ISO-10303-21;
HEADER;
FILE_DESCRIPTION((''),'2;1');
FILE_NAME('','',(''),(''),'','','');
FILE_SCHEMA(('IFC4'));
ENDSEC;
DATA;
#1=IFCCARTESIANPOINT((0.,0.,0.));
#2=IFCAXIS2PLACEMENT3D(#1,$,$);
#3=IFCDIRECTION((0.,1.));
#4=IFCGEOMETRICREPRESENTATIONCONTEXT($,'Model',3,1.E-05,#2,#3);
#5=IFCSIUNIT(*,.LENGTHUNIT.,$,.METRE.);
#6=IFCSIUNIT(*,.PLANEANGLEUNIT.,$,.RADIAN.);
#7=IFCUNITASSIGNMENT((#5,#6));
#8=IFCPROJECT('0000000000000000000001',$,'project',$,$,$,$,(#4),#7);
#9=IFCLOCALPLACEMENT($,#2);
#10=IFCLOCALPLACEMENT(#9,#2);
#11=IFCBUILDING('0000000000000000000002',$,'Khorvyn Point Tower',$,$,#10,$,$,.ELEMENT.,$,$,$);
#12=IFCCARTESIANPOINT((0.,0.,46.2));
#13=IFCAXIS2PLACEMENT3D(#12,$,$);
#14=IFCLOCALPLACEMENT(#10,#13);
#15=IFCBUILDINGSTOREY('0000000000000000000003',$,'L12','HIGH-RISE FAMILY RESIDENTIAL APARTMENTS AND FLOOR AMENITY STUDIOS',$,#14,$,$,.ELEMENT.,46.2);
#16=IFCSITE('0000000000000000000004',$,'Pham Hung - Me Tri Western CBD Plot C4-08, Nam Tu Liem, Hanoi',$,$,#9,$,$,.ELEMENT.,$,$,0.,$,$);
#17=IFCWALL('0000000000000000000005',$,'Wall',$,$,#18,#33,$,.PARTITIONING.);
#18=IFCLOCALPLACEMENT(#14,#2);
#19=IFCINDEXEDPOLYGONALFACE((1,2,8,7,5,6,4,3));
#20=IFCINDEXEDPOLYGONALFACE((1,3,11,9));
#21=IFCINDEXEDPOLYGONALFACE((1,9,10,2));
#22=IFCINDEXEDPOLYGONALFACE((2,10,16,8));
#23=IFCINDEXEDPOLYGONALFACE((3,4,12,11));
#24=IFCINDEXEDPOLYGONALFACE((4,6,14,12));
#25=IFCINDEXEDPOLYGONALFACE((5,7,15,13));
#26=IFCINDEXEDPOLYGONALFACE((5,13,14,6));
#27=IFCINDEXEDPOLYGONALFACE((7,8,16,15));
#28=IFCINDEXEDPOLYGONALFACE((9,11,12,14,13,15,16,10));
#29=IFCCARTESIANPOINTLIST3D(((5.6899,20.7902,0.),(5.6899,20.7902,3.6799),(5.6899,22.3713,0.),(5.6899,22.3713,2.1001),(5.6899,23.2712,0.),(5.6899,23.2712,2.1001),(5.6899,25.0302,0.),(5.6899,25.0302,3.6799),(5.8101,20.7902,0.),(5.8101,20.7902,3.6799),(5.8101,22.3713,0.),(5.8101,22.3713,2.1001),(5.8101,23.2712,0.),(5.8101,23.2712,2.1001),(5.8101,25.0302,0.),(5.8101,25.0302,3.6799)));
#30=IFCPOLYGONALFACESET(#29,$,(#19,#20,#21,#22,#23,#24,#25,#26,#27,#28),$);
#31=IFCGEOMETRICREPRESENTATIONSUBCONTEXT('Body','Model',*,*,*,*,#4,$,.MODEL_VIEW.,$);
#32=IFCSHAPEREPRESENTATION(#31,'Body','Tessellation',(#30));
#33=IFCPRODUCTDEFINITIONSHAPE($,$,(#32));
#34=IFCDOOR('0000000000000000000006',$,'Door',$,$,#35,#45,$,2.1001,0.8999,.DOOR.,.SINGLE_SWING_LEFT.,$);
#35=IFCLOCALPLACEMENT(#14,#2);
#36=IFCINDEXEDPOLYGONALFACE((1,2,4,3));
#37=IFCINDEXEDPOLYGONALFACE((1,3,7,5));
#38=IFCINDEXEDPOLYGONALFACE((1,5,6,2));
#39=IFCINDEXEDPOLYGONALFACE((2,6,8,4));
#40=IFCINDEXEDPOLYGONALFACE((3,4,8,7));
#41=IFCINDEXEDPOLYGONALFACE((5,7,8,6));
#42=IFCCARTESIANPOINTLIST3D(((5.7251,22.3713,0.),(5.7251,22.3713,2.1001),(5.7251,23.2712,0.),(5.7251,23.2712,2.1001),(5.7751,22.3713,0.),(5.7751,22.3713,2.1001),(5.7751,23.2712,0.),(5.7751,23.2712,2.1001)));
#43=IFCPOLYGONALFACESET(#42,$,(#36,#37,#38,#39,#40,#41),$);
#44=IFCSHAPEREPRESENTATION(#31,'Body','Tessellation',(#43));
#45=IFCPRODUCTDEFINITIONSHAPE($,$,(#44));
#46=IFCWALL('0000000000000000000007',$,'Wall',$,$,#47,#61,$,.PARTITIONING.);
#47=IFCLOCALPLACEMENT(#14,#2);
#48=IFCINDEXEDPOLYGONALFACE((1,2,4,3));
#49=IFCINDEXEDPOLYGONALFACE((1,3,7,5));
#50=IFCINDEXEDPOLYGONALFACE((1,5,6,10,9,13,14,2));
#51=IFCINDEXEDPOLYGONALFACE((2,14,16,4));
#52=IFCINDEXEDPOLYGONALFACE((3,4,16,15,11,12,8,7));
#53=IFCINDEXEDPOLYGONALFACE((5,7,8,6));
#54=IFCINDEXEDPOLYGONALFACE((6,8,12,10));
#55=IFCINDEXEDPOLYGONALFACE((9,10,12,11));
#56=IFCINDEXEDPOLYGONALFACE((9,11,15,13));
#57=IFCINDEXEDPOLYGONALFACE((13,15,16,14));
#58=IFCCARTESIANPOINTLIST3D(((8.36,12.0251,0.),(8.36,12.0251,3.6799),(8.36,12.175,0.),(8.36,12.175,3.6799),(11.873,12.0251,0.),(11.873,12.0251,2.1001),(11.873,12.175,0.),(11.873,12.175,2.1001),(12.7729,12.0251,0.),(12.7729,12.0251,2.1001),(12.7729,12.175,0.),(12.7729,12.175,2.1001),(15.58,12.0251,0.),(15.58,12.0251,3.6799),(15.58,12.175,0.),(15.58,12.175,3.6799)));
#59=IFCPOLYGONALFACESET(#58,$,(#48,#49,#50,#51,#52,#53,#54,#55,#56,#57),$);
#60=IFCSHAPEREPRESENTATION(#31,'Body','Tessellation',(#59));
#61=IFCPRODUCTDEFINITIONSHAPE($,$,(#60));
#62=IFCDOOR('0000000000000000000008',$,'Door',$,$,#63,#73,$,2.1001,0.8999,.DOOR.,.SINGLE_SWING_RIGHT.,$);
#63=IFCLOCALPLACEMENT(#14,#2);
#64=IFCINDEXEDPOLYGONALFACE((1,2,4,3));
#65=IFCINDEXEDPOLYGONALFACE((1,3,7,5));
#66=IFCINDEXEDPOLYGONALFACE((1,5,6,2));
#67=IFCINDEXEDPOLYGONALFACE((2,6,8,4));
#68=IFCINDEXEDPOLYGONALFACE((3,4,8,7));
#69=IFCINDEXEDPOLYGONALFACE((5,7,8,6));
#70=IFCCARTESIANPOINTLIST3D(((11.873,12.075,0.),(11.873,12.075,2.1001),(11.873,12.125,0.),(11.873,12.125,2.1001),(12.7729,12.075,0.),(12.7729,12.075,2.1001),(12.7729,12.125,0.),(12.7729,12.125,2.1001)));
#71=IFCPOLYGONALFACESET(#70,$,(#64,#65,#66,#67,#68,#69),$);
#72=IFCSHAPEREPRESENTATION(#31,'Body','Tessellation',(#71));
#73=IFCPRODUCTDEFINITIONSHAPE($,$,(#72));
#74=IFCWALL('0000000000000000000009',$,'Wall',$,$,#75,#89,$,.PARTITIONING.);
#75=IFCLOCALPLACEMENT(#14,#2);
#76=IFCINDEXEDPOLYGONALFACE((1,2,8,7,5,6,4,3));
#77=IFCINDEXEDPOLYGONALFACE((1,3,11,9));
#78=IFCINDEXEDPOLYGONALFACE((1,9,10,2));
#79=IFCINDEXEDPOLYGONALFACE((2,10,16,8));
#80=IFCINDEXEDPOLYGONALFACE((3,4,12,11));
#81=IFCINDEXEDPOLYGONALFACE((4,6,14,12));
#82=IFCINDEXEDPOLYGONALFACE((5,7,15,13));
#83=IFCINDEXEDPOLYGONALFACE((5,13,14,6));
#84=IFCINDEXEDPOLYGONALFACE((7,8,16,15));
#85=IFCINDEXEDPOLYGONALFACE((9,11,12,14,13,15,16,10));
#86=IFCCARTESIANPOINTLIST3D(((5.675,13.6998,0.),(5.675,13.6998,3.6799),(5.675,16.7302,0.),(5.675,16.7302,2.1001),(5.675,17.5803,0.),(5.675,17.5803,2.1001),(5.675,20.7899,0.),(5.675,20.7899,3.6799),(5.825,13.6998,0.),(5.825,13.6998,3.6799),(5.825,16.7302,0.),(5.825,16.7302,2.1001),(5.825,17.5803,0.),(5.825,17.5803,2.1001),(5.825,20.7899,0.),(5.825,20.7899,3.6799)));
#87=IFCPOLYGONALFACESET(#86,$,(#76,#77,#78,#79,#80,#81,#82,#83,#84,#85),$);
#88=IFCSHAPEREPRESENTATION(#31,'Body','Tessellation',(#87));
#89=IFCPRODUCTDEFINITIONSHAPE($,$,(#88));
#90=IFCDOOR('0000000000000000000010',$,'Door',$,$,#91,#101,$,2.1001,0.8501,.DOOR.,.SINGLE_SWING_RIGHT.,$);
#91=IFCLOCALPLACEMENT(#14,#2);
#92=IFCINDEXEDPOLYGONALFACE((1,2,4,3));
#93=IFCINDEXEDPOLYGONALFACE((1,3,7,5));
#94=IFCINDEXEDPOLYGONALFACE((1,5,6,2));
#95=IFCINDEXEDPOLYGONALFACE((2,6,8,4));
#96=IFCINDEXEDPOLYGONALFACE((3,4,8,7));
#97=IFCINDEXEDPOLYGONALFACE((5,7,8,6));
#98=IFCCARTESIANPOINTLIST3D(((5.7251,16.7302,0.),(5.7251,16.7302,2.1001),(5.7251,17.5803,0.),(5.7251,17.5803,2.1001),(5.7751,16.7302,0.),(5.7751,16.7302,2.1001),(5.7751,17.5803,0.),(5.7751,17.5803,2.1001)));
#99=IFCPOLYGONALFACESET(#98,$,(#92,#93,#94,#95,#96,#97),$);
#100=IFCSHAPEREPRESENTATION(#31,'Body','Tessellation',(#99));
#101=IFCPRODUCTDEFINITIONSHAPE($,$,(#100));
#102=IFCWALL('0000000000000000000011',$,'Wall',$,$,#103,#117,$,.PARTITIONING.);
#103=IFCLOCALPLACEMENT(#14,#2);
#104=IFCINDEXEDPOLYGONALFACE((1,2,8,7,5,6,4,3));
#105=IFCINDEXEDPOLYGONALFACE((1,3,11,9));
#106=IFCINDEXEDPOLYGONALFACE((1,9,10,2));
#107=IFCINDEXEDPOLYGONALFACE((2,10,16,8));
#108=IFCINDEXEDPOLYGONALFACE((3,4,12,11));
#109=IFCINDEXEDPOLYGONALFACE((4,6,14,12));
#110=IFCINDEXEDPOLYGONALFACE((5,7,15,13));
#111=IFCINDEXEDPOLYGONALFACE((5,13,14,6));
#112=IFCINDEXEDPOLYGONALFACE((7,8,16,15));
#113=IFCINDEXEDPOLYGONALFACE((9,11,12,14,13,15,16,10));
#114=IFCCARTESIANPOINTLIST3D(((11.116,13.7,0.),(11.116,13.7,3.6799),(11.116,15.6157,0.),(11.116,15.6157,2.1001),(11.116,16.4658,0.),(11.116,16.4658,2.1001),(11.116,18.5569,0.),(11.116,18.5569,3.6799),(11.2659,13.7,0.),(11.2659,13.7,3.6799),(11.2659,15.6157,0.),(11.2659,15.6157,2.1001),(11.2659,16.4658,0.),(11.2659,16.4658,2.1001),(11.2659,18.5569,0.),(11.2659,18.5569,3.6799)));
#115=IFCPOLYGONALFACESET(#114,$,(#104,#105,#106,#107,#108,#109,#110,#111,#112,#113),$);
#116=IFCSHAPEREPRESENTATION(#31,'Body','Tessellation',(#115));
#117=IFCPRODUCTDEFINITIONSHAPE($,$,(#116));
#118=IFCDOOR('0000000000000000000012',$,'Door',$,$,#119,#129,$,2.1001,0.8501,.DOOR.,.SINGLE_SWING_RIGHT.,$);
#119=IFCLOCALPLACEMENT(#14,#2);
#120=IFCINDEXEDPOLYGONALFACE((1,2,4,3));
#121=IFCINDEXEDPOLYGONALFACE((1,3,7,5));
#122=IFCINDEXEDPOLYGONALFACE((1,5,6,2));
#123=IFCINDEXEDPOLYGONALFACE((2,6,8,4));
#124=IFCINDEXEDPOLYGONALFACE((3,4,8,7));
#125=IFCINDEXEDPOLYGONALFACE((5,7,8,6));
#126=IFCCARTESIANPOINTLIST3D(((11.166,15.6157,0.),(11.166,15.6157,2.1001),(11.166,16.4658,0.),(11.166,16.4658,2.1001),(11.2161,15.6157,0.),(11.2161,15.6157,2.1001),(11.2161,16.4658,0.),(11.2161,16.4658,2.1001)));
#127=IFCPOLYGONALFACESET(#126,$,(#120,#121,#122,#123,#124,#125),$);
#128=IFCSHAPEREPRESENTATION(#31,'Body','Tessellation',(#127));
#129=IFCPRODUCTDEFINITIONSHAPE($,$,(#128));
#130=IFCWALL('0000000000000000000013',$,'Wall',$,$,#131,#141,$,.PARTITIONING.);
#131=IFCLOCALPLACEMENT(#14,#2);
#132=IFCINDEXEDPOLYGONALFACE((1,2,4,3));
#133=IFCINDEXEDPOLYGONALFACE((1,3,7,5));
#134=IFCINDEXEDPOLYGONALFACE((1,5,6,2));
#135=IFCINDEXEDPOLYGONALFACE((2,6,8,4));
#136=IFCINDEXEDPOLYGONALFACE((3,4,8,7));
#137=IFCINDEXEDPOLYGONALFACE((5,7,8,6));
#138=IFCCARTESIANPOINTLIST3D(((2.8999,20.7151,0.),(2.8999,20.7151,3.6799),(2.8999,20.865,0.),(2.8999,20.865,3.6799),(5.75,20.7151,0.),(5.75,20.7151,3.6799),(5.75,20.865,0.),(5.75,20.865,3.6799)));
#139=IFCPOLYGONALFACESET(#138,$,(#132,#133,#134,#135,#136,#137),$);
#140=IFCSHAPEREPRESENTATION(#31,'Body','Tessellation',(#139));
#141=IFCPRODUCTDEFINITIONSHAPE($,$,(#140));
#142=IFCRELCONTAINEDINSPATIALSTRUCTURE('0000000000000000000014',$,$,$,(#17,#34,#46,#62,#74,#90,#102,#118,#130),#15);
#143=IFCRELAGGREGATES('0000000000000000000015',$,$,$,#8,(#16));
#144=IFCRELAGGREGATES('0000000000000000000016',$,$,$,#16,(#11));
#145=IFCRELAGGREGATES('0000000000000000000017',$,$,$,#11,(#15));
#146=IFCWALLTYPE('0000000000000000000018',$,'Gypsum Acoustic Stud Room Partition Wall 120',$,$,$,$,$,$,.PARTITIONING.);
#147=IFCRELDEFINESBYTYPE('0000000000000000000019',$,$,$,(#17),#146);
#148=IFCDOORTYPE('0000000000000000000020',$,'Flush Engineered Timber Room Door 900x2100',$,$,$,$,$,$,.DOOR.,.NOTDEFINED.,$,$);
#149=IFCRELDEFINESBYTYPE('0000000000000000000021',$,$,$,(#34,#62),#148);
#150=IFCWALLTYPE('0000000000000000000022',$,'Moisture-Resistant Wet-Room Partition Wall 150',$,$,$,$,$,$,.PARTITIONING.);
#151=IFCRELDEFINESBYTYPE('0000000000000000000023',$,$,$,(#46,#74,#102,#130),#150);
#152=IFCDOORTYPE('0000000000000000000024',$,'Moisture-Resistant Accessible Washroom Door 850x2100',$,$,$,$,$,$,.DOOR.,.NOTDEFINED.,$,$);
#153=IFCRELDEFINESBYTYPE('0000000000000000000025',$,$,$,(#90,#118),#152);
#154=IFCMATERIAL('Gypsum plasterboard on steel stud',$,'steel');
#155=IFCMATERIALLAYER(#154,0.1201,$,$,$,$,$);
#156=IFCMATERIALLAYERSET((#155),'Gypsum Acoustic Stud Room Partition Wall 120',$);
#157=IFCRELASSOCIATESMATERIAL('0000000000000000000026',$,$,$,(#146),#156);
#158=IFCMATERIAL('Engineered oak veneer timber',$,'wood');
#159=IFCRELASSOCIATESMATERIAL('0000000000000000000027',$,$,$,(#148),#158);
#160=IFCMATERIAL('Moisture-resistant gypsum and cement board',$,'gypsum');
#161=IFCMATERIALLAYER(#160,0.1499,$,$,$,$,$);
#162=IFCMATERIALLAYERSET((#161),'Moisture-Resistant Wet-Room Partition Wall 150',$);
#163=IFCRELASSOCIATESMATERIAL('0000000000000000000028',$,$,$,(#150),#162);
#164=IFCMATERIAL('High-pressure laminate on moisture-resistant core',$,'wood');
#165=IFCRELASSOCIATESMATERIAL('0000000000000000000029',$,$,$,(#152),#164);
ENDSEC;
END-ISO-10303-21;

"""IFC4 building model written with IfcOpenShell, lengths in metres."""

from ifc_helpers import new_model, si_unit, direction, frame, frame_2d, origin, place, context, subcontext, project, spatial, rectangle, extrude, material, layer, layer_set, type_object, element, fill, save


model = new_model("IFC4")

# Units and contexts
model_context = context("Model", 3, precision=1e-05, world=origin(), true_north=direction((0.0, 1.0)))
body_context = subcontext(model_context, "Body", "Model", "MODEL_VIEW")
ifc_project = project(units=[si_unit("LENGTHUNIT", "METRE"), si_unit("PLANEANGLEUNIT", "RADIAN")], contexts=[model_context])

# Site, building, storey
site_placement = place(None, origin())
site = spatial("IfcSite", under=ifc_project, at=site_placement, Name="Pham Hung - Me Tri Western CBD Plot C4-08, Nam Tu Liem, Hanoi", CompositionType="ELEMENT", RefElevation=0.0)
building_placement = place(site_placement, origin())
building = spatial("IfcBuilding", under=site, at=building_placement, Name="Khorvyn Point Tower", CompositionType="ELEMENT")
storey_placement = place(building_placement, frame((0.0, 0.0, 46.2)))
storey = spatial("IfcBuildingStorey", under=building, at=storey_placement, Name="L12", Description="HIGH-RISE FAMILY RESIDENTIAL APARTMENTS AND FLOOR AMENITY STUDIOS", CompositionType="ELEMENT", Elevation=46.2)

# Walls, openings, doors
ifc_material_1 = material(Name="Gypsum plasterboard on steel stud", Category="steel")
ifc_layer_1 = layer(ifc_material_1, 0.1201)
ifc_layer_set_1 = layer_set([ifc_layer_1], Name="Gypsum Acoustic Stud Room Partition Wall 120")
wall_type_1 = type_object("IfcWallType", Name="Gypsum Acoustic Stud Room Partition Wall 120", PredefinedType="PARTITIONING", material=ifc_layer_set_1)
wall_1_placement = place(storey_placement, frame((5.75, 20.79, 0.0), z_axis=(0.0, 0.0, 1.0), x_axis=(0.0, 1.0, 0.0)))
wall_1 = element("IfcWall", 1, at=wall_1_placement, inside=storey, type_object=wall_type_1, Name="Wall", PredefinedType="PARTITIONING", context=body_context, shape_type="SweptSolid", body=[
    extrude(rectangle(XDim=4.24, YDim=0.1201, at=frame_2d((2.1201, 0.0))), origin(), (0.0, 0.0, 1.0), 3.6799),
])
opening_1_placement = place(wall_1_placement, frame((1.5813, 0.0, 0.0)))
opening_1 = element("IfcOpeningElement", 2, at=opening_1_placement, cuts=wall_1, PredefinedType="OPENING", context=body_context, shape_type="SweptSolid", body=[
    extrude(rectangle(XDim=0.8999, YDim=2.1001, at=frame_2d((0.45, 1.05))), frame((0.0, 0.0701, 0.0), z_axis=(0.0, -1.0, 0.0), x_axis=(1.0, 0.0, 0.0)), (0.0, 0.0, 1.0), 0.1401),
])
ifc_material_2 = material(Name="Engineered oak veneer timber", Category="wood")
door_type_1 = type_object("IfcDoorType", Name="Flush Engineered Timber Room Door 900x2100", OperationType="NOTDEFINED", PredefinedType="DOOR", material=ifc_material_2)
door_1_placement = place(opening_1_placement, origin())
door_1 = element("IfcDoor", 3, at=door_1_placement, inside=storey, type_object=door_type_1, Name="Door", OperationType="SINGLE_SWING_LEFT", OverallHeight=2.1001, OverallWidth=0.8999, PredefinedType="DOOR", context=body_context, shape_type="SweptSolid", body=[
    extrude(rectangle(XDim=0.8999, YDim=2.1001, at=frame_2d((0.45, 1.05))), frame((0.0, 0.0249, 0.0), z_axis=(0.0, -1.0, 0.0), x_axis=(1.0, 0.0, 0.0)), (0.0, 0.0, 1.0), 0.05),
])
fill(opening_1, door_1)
ifc_material_3 = material(Name="Moisture-resistant gypsum and cement board", Category="gypsum")
ifc_layer_2 = layer(ifc_material_3, 0.1499)
ifc_layer_set_2 = layer_set([ifc_layer_2], Name="Moisture-Resistant Wet-Room Partition Wall 150")
wall_type_2 = type_object("IfcWallType", Name="Moisture-Resistant Wet-Room Partition Wall 150", PredefinedType="PARTITIONING", material=ifc_layer_set_2)
wall_2_placement = place(storey_placement, frame((8.3601, 12.1001, 0.0), z_axis=(0.0, 0.0, 1.0), x_axis=(1.0, 0.0, 0.0)))
wall_2 = element("IfcWall", 4, at=wall_2_placement, inside=storey, type_object=wall_type_2, Name="Wall", PredefinedType="PARTITIONING", context=body_context, shape_type="SweptSolid", body=[
    extrude(rectangle(XDim=7.22, YDim=0.1499, at=frame_2d((3.6099, 0.0))), origin(), (0.0, 0.0, 1.0), 3.6799),
])
opening_2_placement = place(wall_2_placement, frame((3.5129, 0.0, 0.0)))
opening_2 = element("IfcOpeningElement", 5, at=opening_2_placement, cuts=wall_2, PredefinedType="OPENING", context=body_context, shape_type="SweptSolid", body=[
    extrude(rectangle(XDim=0.8999, YDim=2.1001, at=frame_2d((0.45, 1.05))), frame((0.0, 0.085, 0.0), z_axis=(0.0, -1.0, 0.0), x_axis=(1.0, 0.0, 0.0)), (0.0, 0.0, 1.0), 0.1699),
])
door_2_placement = place(opening_2_placement, origin())
door_2 = element("IfcDoor", 6, at=door_2_placement, inside=storey, type_object=door_type_1, Name="Door", OperationType="SINGLE_SWING_RIGHT", OverallHeight=2.1001, OverallWidth=0.8999, PredefinedType="DOOR", context=body_context, shape_type="SweptSolid", body=[
    extrude(rectangle(XDim=0.8999, YDim=2.1001, at=frame_2d((0.45, 1.05))), frame((0.0, 0.0249, 0.0), z_axis=(0.0, -1.0, 0.0), x_axis=(1.0, 0.0, 0.0)), (0.0, 0.0, 1.0), 0.05),
])
fill(opening_2, door_2)
wall_3_placement = place(storey_placement, frame((5.75, 13.7, 0.0), z_axis=(0.0, 0.0, 1.0), x_axis=(0.0, 1.0, 0.0)))
wall_3 = element("IfcWall", 7, at=wall_3_placement, inside=storey, type_object=wall_type_2, Name="Wall", PredefinedType="PARTITIONING", context=body_context, shape_type="SweptSolid", body=[
    extrude(rectangle(XDim=7.0901, YDim=0.1499, at=frame_2d((3.5449, 0.0))), origin(), (0.0, 0.0, 1.0), 3.6799),
])
opening_3_placement = place(wall_3_placement, frame((3.0303, 0.0, 0.0)))
opening_3 = element("IfcOpeningElement", 8, at=opening_3_placement, cuts=wall_3, PredefinedType="OPENING", context=body_context, shape_type="SweptSolid", body=[
    extrude(rectangle(XDim=0.8501, YDim=2.1001, at=frame_2d((0.425, 1.05))), frame((0.0, 0.085, 0.0), z_axis=(0.0, -1.0, 0.0), x_axis=(1.0, 0.0, 0.0)), (0.0, 0.0, 1.0), 0.1699),
])
ifc_material_4 = material(Name="High-pressure laminate on moisture-resistant core", Category="wood")
door_type_2 = type_object("IfcDoorType", Name="Moisture-Resistant Accessible Washroom Door 850x2100", OperationType="NOTDEFINED", PredefinedType="DOOR", material=ifc_material_4)
door_3_placement = place(opening_3_placement, origin())
door_3 = element("IfcDoor", 9, at=door_3_placement, inside=storey, type_object=door_type_2, Name="Door", OperationType="SINGLE_SWING_RIGHT", OverallHeight=2.1001, OverallWidth=0.8501, PredefinedType="DOOR", context=body_context, shape_type="SweptSolid", body=[
    extrude(rectangle(XDim=0.8501, YDim=2.1001, at=frame_2d((0.425, 1.05))), frame((0.0, 0.0249, 0.0), z_axis=(0.0, -1.0, 0.0), x_axis=(1.0, 0.0, 0.0)), (0.0, 0.0, 1.0), 0.05),
])
fill(opening_3, door_3)
wall_4_placement = place(storey_placement, frame((11.1909, 13.7, 0.0), z_axis=(0.0, 0.0, 1.0), x_axis=(0.0, 1.0, 0.0)))
wall_4 = element("IfcWall", 10, at=wall_4_placement, inside=storey, type_object=wall_type_2, Name="Wall", PredefinedType="PARTITIONING", context=body_context, shape_type="SweptSolid", body=[
    extrude(rectangle(XDim=4.8569, YDim=0.1499, at=frame_2d((2.4285, 0.0))), origin(), (0.0, 0.0, 1.0), 3.6799),
])
opening_4_placement = place(wall_4_placement, frame((1.9158, 0.0, 0.0)))
opening_4 = element("IfcOpeningElement", 11, at=opening_4_placement, cuts=wall_4, PredefinedType="OPENING", context=body_context, shape_type="SweptSolid", body=[
    extrude(rectangle(XDim=0.8501, YDim=2.1001, at=frame_2d((0.425, 1.05))), frame((0.0, 0.085, 0.0), z_axis=(0.0, -1.0, 0.0), x_axis=(1.0, 0.0, 0.0)), (0.0, 0.0, 1.0), 0.1699),
])
door_4_placement = place(opening_4_placement, origin())
door_4 = element("IfcDoor", 12, at=door_4_placement, inside=storey, type_object=door_type_2, Name="Door", OperationType="SINGLE_SWING_RIGHT", OverallHeight=2.1001, OverallWidth=0.8501, PredefinedType="DOOR", context=body_context, shape_type="SweptSolid", body=[
    extrude(rectangle(XDim=0.8501, YDim=2.1001, at=frame_2d((0.425, 1.05))), frame((0.0, 0.0249, 0.0), z_axis=(0.0, -1.0, 0.0), x_axis=(1.0, 0.0, 0.0)), (0.0, 0.0, 1.0), 0.05),
])
fill(opening_4, door_4)

# Wall
wall_5_placement = place(storey_placement, frame((2.8999, 20.79, 0.0), z_axis=(0.0, 0.0, 1.0), x_axis=(1.0, 0.0, 0.0)))
element("IfcWall", 13, at=wall_5_placement, inside=storey, type_object=wall_type_2, Name="Wall", PredefinedType="PARTITIONING", context=body_context, shape_type="SweptSolid", body=[
    extrude(rectangle(XDim=2.8501, YDim=0.1499, at=frame_2d((1.425, 0.0))), origin(), (0.0, 0.0, 1.0), 3.6799),
])

save(model, "model.ifc")
